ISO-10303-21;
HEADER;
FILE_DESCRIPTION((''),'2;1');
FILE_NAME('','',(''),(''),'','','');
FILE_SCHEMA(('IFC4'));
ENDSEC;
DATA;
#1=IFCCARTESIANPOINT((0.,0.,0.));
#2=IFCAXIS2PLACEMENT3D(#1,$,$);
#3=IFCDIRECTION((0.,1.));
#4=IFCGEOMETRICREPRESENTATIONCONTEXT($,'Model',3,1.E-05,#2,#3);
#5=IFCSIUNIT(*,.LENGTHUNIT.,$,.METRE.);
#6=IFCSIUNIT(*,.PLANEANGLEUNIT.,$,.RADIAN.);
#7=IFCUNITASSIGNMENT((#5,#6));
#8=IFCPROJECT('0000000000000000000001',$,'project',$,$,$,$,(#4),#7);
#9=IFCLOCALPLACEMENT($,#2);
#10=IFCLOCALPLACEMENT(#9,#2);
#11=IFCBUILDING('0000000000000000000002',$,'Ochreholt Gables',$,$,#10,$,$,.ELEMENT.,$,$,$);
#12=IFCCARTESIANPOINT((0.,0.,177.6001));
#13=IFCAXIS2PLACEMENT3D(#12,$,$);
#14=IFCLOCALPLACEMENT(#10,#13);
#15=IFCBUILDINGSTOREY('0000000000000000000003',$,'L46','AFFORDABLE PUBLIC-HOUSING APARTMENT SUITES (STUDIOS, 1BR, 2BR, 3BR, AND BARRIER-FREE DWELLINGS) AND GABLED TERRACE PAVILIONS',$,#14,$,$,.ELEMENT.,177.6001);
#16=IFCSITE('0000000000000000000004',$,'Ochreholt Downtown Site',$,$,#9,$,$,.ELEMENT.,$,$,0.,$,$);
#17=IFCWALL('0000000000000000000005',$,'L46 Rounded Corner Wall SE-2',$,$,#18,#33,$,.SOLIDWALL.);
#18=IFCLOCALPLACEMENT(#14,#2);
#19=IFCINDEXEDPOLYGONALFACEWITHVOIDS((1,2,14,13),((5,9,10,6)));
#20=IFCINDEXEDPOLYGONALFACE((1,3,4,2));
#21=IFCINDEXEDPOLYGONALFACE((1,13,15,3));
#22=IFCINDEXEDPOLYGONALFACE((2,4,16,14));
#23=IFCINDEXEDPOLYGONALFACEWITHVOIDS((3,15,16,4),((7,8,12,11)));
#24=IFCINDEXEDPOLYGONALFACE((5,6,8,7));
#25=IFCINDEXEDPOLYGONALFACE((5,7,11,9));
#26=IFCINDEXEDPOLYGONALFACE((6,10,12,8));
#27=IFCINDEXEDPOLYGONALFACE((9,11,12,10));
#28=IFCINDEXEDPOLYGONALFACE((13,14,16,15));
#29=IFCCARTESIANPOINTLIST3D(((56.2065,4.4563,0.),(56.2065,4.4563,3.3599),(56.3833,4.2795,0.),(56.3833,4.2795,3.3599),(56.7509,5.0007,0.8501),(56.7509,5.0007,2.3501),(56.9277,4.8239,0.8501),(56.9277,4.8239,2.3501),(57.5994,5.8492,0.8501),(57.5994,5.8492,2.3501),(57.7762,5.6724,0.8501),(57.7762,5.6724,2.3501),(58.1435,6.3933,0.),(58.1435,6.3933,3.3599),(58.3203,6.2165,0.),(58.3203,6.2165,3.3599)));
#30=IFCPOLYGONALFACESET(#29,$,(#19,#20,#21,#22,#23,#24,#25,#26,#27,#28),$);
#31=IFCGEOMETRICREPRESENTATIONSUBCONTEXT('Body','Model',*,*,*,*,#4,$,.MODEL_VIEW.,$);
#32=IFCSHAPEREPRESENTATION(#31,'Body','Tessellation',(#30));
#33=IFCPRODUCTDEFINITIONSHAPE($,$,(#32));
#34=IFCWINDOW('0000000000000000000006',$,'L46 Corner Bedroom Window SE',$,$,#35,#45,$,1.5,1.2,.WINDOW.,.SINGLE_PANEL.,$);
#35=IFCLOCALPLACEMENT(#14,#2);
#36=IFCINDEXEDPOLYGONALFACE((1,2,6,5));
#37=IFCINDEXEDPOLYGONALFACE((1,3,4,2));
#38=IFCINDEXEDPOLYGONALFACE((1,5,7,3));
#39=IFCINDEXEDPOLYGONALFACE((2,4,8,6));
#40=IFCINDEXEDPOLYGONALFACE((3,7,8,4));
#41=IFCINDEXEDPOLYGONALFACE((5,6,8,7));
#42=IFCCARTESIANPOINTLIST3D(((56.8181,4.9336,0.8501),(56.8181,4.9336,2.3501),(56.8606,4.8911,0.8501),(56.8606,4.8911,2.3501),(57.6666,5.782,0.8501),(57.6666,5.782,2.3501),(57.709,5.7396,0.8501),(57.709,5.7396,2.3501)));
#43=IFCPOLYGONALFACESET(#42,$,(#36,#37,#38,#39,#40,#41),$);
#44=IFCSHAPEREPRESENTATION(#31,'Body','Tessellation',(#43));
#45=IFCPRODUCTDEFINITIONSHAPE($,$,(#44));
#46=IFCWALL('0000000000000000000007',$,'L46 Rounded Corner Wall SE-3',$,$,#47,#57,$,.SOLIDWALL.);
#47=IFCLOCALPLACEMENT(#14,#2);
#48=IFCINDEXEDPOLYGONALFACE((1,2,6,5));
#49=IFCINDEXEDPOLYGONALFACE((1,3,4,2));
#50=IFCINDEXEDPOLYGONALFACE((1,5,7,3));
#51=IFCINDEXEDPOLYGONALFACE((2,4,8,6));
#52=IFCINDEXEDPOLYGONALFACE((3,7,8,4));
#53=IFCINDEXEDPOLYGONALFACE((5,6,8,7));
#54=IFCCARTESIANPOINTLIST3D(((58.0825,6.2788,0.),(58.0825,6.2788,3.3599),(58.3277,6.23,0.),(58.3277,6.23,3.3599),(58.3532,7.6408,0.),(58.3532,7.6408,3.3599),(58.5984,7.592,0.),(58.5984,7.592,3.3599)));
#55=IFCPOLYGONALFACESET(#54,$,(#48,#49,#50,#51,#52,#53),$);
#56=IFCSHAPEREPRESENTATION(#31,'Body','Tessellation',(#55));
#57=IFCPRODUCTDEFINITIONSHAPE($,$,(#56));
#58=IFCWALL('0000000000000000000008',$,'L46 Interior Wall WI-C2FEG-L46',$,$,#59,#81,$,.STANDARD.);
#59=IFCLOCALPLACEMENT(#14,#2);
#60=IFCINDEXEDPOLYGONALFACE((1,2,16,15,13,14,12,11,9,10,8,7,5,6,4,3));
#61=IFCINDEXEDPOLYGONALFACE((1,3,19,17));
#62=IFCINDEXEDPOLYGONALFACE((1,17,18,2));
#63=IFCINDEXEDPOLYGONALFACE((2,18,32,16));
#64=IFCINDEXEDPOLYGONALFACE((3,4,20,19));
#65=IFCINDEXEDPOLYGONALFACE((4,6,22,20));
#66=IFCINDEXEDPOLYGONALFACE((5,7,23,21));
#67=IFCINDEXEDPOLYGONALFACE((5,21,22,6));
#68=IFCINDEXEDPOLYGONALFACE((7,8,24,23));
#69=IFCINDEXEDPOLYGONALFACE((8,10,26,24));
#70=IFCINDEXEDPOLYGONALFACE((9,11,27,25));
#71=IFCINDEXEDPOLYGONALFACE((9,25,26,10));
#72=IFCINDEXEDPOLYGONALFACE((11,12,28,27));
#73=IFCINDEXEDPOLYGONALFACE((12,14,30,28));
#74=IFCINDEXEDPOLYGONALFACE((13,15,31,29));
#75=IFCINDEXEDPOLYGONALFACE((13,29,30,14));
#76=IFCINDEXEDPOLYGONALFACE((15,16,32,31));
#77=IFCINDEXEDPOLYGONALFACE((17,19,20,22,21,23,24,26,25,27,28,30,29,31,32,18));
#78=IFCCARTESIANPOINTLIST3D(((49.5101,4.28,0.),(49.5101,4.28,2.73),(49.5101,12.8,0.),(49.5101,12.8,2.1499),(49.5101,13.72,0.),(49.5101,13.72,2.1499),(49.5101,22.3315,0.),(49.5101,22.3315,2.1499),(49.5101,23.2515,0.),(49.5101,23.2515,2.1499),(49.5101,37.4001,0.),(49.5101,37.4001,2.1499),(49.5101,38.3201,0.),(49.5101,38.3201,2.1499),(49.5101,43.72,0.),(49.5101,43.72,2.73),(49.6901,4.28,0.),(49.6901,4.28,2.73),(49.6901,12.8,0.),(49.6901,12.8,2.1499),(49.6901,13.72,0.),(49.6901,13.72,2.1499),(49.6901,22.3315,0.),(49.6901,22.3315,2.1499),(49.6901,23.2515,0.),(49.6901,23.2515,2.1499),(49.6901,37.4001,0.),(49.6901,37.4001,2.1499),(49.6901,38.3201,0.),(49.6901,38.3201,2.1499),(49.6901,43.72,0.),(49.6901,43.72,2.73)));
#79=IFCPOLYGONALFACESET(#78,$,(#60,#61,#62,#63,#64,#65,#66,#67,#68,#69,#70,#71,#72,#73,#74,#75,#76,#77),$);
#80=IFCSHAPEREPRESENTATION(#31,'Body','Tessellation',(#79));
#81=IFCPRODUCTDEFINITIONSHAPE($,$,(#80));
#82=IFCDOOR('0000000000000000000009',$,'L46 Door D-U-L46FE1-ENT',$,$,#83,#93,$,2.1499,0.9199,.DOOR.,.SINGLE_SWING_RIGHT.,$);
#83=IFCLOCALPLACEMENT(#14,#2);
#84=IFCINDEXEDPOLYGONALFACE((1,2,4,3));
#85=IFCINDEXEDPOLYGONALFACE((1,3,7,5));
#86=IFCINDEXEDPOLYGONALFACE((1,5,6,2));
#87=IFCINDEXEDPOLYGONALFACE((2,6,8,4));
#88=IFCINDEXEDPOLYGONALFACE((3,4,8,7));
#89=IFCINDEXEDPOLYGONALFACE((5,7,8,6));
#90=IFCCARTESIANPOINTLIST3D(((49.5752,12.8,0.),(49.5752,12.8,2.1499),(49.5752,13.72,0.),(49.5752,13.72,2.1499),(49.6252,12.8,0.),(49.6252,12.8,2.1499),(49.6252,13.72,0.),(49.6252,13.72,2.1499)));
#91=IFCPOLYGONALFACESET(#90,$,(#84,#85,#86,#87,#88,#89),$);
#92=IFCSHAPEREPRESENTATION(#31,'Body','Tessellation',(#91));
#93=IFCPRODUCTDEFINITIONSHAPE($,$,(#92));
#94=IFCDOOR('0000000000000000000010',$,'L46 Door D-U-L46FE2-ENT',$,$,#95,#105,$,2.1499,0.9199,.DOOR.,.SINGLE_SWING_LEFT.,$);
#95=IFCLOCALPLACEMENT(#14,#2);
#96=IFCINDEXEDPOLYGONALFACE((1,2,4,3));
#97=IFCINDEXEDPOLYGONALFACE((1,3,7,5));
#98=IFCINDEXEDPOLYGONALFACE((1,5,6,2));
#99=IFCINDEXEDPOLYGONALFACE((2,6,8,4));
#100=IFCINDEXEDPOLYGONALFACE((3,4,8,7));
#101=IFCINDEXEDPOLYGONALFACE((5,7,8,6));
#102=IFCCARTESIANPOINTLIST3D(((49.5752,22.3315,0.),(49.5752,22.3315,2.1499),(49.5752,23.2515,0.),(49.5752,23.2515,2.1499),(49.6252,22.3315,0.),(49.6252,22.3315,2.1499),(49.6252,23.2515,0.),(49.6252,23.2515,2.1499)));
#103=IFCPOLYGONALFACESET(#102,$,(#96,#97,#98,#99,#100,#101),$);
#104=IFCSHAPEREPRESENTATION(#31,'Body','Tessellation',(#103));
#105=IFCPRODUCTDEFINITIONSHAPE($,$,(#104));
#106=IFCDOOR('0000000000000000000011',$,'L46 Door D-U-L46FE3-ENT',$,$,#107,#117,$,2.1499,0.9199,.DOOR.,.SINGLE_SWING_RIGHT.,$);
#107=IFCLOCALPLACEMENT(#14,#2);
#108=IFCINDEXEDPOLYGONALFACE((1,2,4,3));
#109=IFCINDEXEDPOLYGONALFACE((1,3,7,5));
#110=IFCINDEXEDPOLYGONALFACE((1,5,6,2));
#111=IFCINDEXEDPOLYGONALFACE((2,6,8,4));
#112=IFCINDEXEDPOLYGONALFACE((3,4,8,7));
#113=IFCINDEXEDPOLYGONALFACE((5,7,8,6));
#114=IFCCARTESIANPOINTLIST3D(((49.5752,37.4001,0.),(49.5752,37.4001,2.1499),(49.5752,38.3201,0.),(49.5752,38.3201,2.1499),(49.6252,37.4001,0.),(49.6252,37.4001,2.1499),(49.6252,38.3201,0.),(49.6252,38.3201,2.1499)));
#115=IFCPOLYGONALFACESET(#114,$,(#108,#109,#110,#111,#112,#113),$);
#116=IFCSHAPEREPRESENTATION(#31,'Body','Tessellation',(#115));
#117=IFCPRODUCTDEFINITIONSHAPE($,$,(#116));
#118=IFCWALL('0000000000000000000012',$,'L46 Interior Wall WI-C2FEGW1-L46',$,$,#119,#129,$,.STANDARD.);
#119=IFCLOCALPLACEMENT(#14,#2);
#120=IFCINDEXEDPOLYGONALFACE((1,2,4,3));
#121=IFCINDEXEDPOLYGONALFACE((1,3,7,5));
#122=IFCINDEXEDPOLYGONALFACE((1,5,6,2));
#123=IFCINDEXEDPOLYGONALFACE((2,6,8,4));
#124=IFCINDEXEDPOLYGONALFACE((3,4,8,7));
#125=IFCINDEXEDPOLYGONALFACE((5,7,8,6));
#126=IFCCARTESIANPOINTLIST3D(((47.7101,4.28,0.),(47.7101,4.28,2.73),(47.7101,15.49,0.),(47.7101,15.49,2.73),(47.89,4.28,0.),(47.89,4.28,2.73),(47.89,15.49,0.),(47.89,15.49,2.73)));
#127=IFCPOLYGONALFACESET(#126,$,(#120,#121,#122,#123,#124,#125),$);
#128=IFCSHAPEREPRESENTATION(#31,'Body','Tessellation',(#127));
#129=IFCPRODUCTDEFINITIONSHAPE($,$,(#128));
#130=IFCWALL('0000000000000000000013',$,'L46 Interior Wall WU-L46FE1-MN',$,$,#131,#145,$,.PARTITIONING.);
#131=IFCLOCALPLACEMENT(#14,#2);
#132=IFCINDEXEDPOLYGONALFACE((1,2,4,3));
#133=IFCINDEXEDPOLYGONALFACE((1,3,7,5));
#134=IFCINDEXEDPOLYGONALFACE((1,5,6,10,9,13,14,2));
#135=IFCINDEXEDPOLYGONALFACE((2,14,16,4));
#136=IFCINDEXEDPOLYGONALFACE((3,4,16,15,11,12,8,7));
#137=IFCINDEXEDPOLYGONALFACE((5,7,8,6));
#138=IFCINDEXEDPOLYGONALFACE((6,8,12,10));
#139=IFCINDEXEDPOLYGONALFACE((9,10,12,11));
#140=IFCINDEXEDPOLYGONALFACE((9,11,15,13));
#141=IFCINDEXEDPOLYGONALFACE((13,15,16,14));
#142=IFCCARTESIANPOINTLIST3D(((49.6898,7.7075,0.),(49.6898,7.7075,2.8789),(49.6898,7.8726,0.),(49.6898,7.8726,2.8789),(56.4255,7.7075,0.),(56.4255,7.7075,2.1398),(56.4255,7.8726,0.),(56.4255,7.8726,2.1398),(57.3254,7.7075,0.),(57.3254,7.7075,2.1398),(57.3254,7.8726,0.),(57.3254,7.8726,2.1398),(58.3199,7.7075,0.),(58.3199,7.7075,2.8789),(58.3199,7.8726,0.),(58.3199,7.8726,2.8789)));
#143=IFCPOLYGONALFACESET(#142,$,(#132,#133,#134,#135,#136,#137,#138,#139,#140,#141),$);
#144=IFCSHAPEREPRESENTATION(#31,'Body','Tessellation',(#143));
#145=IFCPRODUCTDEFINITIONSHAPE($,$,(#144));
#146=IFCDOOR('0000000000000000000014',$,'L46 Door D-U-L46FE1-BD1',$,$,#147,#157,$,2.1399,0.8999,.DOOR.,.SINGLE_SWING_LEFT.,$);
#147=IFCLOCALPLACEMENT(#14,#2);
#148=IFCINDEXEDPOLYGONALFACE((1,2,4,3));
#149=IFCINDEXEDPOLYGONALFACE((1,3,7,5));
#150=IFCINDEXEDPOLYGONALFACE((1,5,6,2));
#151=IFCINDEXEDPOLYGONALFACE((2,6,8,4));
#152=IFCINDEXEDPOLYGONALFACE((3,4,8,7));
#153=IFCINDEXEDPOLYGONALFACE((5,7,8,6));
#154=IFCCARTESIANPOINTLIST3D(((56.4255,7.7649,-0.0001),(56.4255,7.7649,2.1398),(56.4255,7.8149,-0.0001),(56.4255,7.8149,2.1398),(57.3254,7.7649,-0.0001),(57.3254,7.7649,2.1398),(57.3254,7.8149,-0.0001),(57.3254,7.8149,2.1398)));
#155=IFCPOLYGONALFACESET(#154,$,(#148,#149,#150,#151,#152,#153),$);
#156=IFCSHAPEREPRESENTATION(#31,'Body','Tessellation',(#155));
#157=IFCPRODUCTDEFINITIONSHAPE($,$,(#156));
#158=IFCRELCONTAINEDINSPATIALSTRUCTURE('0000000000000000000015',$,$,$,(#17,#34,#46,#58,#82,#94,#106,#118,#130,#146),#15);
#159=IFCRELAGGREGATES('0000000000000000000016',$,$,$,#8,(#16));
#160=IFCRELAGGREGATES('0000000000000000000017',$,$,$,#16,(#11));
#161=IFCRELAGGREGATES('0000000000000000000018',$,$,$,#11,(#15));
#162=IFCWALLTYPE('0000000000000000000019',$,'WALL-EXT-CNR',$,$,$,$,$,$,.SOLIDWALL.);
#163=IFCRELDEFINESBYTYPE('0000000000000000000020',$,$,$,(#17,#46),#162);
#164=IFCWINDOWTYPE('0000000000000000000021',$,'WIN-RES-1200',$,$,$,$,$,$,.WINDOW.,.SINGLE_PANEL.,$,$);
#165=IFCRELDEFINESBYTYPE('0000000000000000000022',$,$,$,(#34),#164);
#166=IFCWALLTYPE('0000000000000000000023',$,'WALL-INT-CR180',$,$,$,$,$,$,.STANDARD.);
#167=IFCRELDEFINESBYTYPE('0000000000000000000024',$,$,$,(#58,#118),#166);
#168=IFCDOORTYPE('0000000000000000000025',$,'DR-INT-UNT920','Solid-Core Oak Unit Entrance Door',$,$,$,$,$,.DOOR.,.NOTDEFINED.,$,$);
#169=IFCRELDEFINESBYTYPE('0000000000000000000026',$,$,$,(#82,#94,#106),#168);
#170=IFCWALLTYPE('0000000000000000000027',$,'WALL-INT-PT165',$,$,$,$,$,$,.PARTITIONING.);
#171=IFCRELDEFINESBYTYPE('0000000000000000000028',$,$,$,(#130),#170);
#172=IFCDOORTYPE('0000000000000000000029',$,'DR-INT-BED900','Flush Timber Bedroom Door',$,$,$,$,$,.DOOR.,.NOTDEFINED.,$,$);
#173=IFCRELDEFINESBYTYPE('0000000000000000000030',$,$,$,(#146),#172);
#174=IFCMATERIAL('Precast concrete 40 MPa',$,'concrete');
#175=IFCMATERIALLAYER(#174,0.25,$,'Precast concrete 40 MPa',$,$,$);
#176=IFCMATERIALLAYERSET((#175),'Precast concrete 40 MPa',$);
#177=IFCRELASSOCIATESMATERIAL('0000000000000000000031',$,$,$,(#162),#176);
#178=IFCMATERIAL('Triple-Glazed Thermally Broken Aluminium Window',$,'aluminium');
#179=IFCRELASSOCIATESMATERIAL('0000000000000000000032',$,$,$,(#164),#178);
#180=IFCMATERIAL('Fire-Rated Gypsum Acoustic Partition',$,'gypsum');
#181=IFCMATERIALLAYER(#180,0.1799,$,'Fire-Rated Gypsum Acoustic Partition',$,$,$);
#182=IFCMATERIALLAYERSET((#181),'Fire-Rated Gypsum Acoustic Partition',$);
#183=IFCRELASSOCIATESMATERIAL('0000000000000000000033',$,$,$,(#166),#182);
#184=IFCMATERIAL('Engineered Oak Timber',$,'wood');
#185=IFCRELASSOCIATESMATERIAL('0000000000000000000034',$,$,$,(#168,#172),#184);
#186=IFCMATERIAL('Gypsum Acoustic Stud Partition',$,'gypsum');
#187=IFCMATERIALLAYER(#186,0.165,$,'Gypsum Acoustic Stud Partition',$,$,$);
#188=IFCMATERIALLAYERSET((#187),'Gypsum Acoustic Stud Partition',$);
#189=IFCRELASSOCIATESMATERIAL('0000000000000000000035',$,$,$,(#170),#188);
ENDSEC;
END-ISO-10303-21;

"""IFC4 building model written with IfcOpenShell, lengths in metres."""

from ifc_helpers import new_model, si_unit, direction, frame, frame_2d, origin, place, context, subcontext, project, spatial, rectangle, extrude, material, layer, layer_set, type_object, element, fill, save


model = new_model("IFC4")

# Units and contexts
model_context = context("Model", 3, precision=1e-05, world=origin(), true_north=direction((0.0, 1.0)))
body_context = subcontext(model_context, "Body", "Model", "MODEL_VIEW")
ifc_project = project(units=[si_unit("LENGTHUNIT", "METRE"), si_unit("PLANEANGLEUNIT", "RADIAN")], contexts=[model_context])

# Site, building, storey
site_placement = place(None, origin())
site = spatial("IfcSite", under=ifc_project, at=site_placement, Name="Ochreholt Downtown Site", CompositionType="ELEMENT", RefElevation=0.0)
building_placement = place(site_placement, origin())
building = spatial("IfcBuilding", under=site, at=building_placement, Name="Ochreholt Gables", CompositionType="ELEMENT")
storey_placement = place(building_placement, frame((0.0, 0.0, 177.6001)))
storey = spatial("IfcBuildingStorey", under=building, at=storey_placement, Name="L46", Description="AFFORDABLE PUBLIC-HOUSING APARTMENT SUITES (STUDIOS, 1BR, 2BR, 3BR, AND BARRIER-FREE DWELLINGS) AND GABLED TERRACE PAVILIONS", CompositionType="ELEMENT", Elevation=177.6001)

# Shared definitions
ifc_material_1 = material(Name="Precast concrete 40 MPa", Category="concrete")
ifc_material_2 = material(Name="Triple-Glazed Thermally Broken Aluminium Window", Category="aluminium")

# Shared definitions
ifc_layer_1 = layer(ifc_material_1, 0.25, Name="Precast concrete 40 MPa")
ifc_layer_set_1 = layer_set([ifc_layer_1], Name="Precast concrete 40 MPa")
wall_type_1 = type_object("IfcWallType", Name="WALL-EXT-CNR", PredefinedType="SOLIDWALL", material=ifc_layer_set_1)

# Wall, opening, window
wall_1_placement = place(storey_placement, frame((56.2949, 4.3679, 0.0), z_axis=(0.0, 0.0, 1.0), x_axis=(0.707107, 0.707107, 0.0)))
wall_1 = element("IfcWall", 1, at=wall_1_placement, inside=storey, type_object=wall_type_1, Name="L46 Rounded Corner Wall SE-2", PredefinedType="SOLIDWALL", context=body_context, shape_type="SweptSolid", body=[
    extrude(rectangle(XDim=2.7393, YDim=0.25, at=frame_2d((1.3696, 0.0))), origin(), (0.0, 0.0, 1.0), 3.3599),
])
opening_1_placement = place(wall_1_placement, frame((0.7698, 0.0, 0.8501)))
opening_1 = element("IfcOpeningElement", 2, at=opening_1_placement, cuts=wall_1, PredefinedType="OPENING", context=body_context, shape_type="SweptSolid", body=[
    extrude(rectangle(XDim=1.2, YDim=1.5, at=frame_2d((0.6001, 0.75))), frame((0.0, 0.135, 0.0), z_axis=(0.0, -1.0, 0.0), x_axis=(1.0, 0.0, 0.0)), (0.0, 0.0, 1.0), 0.27),
])
window_type_1 = type_object("IfcWindowType", Name="WIN-RES-1200", PartitioningType="SINGLE_PANEL", PredefinedType="WINDOW", material=ifc_material_2)
window_1_placement = place(opening_1_placement, origin())
window_1 = element("IfcWindow", 3, at=window_1_placement, inside=storey, type_object=window_type_1, Name="L46 Corner Bedroom Window SE", OverallHeight=1.5, OverallWidth=1.2, PartitioningType="SINGLE_PANEL", PredefinedType="WINDOW", context=body_context, shape_type="SweptSolid", body=[
    extrude(rectangle(XDim=1.2, YDim=1.5, at=frame_2d((0.6001, 0.75))), frame((0.0, 0.03, 0.0), z_axis=(0.0, -1.0, 0.0), x_axis=(1.0, 0.0, 0.0)), (0.0, 0.0, 1.0), 0.0601),
])
fill(opening_1, window_1)

# Wall
wall_2_placement = place(storey_placement, frame((58.2051, 6.2544, 0.0), z_axis=(0.0, 0.0, 1.0), x_axis=(0.194967, 0.98081, 0.0)))
element("IfcWall", 4, at=wall_2_placement, inside=storey, type_object=wall_type_1, Name="L46 Rounded Corner Wall SE-3", PredefinedType="SOLIDWALL", context=body_context, shape_type="SweptSolid", body=[
    extrude(rectangle(XDim=1.3887, YDim=0.25, at=frame_2d((0.6943, 0.0))), origin(), (0.0, 0.0, 1.0), 3.3599),
])

# Wall, openings, doors
ifc_material_3 = material(Name="Fire-Rated Gypsum Acoustic Partition", Category="gypsum")
ifc_layer_2 = layer(ifc_material_3, 0.1799, Name="Fire-Rated Gypsum Acoustic Partition")
ifc_layer_set_2 = layer_set([ifc_layer_2], Name="Fire-Rated Gypsum Acoustic Partition")
wall_type_2 = type_object("IfcWallType", Name="WALL-INT-CR180", PredefinedType="STANDARD", material=ifc_layer_set_2)
wall_3_placement = place(storey_placement, frame((49.6001, 4.28, 0.0), z_axis=(0.0, 0.0, 1.0), x_axis=(0.0, 1.0, 0.0)))
wall_3 = element("IfcWall", 5, at=wall_3_placement, inside=storey, type_object=wall_type_2, Name="L46 Interior Wall WI-C2FEG-L46", PredefinedType="STANDARD", context=body_context, shape_type="SweptSolid", body=[
    extrude(rectangle(XDim=39.4399, YDim=0.1799, at=frame_2d((19.72, 0.0))), origin(), (0.0, 0.0, 1.0), 2.73),
])
opening_2_placement = place(wall_3_placement, frame((8.52, 0.0, 0.0)))
opening_2 = element("IfcOpeningElement", 6, at=opening_2_placement, cuts=wall_3, PredefinedType="OPENING", context=body_context, shape_type="SweptSolid", body=[
    extrude(rectangle(XDim=0.9199, YDim=2.1499, at=frame_2d((0.46, 1.075))), frame((0.0, 0.0999, 0.0), z_axis=(0.0, -1.0, 0.0), x_axis=(1.0, 0.0, 0.0)), (0.0, 0.0, 1.0), 0.2),
])
opening_3_placement = place(wall_3_placement, frame((18.0515, 0.0, 0.0)))
opening_3 = element("IfcOpeningElement", 7, at=opening_3_placement, cuts=wall_3, PredefinedType="OPENING", context=body_context, shape_type="SweptSolid", body=[
    extrude(rectangle(XDim=0.9199, YDim=2.1499, at=frame_2d((0.46, 1.075))), frame((0.0, 0.0999, 0.0), z_axis=(0.0, -1.0, 0.0), x_axis=(1.0, 0.0, 0.0)), (0.0, 0.0, 1.0), 0.2),
])
opening_4_placement = place(wall_3_placement, frame((33.1201, 0.0, 0.0)))
opening_4 = element("IfcOpeningElement", 8, at=opening_4_placement, cuts=wall_3, PredefinedType="OPENING", context=body_context, shape_type="SweptSolid", body=[
    extrude(rectangle(XDim=0.9199, YDim=2.1499, at=frame_2d((0.46, 1.075))), frame((0.0, 0.0999, 0.0), z_axis=(0.0, -1.0, 0.0), x_axis=(1.0, 0.0, 0.0)), (0.0, 0.0, 1.0), 0.2),
])
ifc_material_4 = material(Name="Engineered Oak Timber", Category="wood")
door_type_1 = type_object("IfcDoorType", Name="DR-INT-UNT920", Description="Solid-Core Oak Unit Entrance Door", OperationType="NOTDEFINED", PredefinedType="DOOR", material=ifc_material_4)
door_1_placement = place(opening_2_placement, origin())
door_1 = element("IfcDoor", 9, at=door_1_placement, inside=storey, type_object=door_type_1, Name="L46 Door D-U-L46FE1-ENT", OperationType="SINGLE_SWING_RIGHT", OverallHeight=2.1499, OverallWidth=0.9199, PredefinedType="DOOR", context=body_context, shape_type="SweptSolid", body=[
    extrude(rectangle(XDim=0.9199, YDim=2.1499, at=frame_2d((0.46, 1.075))), frame((0.0, 0.0249, 0.0), z_axis=(0.0, -1.0, 0.0), x_axis=(1.0, 0.0, 0.0)), (0.0, 0.0, 1.0), 0.05),
])
fill(opening_2, door_1)
door_2_placement = place(opening_3_placement, origin())
door_2 = element("IfcDoor", 10, at=door_2_placement, inside=storey, type_object=door_type_1, Name="L46 Door D-U-L46FE2-ENT", OperationType="SINGLE_SWING_LEFT", OverallHeight=2.1499, OverallWidth=0.9199, PredefinedType="DOOR", context=body_context, shape_type="SweptSolid", body=[
    extrude(rectangle(XDim=0.9199, YDim=2.1499, at=frame_2d((0.46, 1.075))), frame((0.0, 0.0249, 0.0), z_axis=(0.0, -1.0, 0.0), x_axis=(1.0, 0.0, 0.0)), (0.0, 0.0, 1.0), 0.05),
])
fill(opening_3, door_2)
door_3_placement = place(opening_4_placement, origin())
door_3 = element("IfcDoor", 11, at=door_3_placement, inside=storey, type_object=door_type_1, Name="L46 Door D-U-L46FE3-ENT", OperationType="SINGLE_SWING_RIGHT", OverallHeight=2.1499, OverallWidth=0.9199, PredefinedType="DOOR", context=body_context, shape_type="SweptSolid", body=[
    extrude(rectangle(XDim=0.9199, YDim=2.1499, at=frame_2d((0.46, 1.075))), frame((0.0, 0.0249, 0.0), z_axis=(0.0, -1.0, 0.0), x_axis=(1.0, 0.0, 0.0)), (0.0, 0.0, 1.0), 0.05),
])
fill(opening_4, door_3)

# Wall
wall_4_placement = place(storey_placement, frame((47.8, 4.28, 0.0), z_axis=(0.0, 0.0, 1.0), x_axis=(0.0, 1.0, 0.0)))
element("IfcWall", 12, at=wall_4_placement, inside=storey, type_object=wall_type_2, Name="L46 Interior Wall WI-C2FEGW1-L46", PredefinedType="STANDARD", context=body_context, shape_type="SweptSolid", body=[
    extrude(rectangle(XDim=11.21, YDim=0.1799, at=frame_2d((5.605, 0.0))), origin(), (0.0, 0.0, 1.0), 2.73),
])

# Wall, opening, door
ifc_material_5 = material(Name="Gypsum Acoustic Stud Partition", Category="gypsum")
ifc_layer_3 = layer(ifc_material_5, 0.165, Name="Gypsum Acoustic Stud Partition")
ifc_layer_set_3 = layer_set([ifc_layer_3], Name="Gypsum Acoustic Stud Partition")
wall_type_3 = type_object("IfcWallType", Name="WALL-INT-PT165", PredefinedType="PARTITIONING", material=ifc_layer_set_3)
wall_5_placement = place(storey_placement, frame((49.6899, 7.79, 0.0), z_axis=(0.0, 0.0, 1.0), x_axis=(1.0, 0.0, 0.0)))
wall_5 = element("IfcWall", 13, at=wall_5_placement, inside=storey, type_object=wall_type_3, Name="L46 Interior Wall WU-L46FE1-MN", PredefinedType="PARTITIONING", context=body_context, shape_type="SweptSolid", body=[
    extrude(rectangle(XDim=8.6301, YDim=0.165, at=frame_2d((4.3149, 0.0))), origin(), (0.0, 0.0, 1.0), 2.8789),
])
opening_5_placement = place(wall_5_placement, frame((6.7356, 0.0, 0.0)))
opening_5 = element("IfcOpeningElement", 14, at=opening_5_placement, cuts=wall_5, PredefinedType="OPENING", context=body_context, shape_type="SweptSolid", body=[
    extrude(rectangle(XDim=0.8999, YDim=2.1399, at=frame_2d((0.45, 1.0698))), frame((0.0, 0.0925, 0.0), z_axis=(0.0, -1.0, 0.0), x_axis=(1.0, 0.0, 0.0)), (0.0, 0.0, 1.0), 0.1851),
])
door_type_2 = type_object("IfcDoorType", Name="DR-INT-BED900", Description="Flush Timber Bedroom Door", OperationType="NOTDEFINED", PredefinedType="DOOR", material=ifc_material_4)
door_4_placement = place(opening_5_placement, origin())
door_4 = element("IfcDoor", 15, at=door_4_placement, inside=storey, type_object=door_type_2, Name="L46 Door D-U-L46FE1-BD1", OperationType="SINGLE_SWING_LEFT", OverallHeight=2.1399, OverallWidth=0.8999, PredefinedType="DOOR", context=body_context, shape_type="SweptSolid", body=[
    extrude(rectangle(XDim=0.8999, YDim=2.1399, at=frame_2d((0.45, 1.0698))), frame((0.0, 0.0249, 0.0), z_axis=(0.0, -1.0, 0.0), x_axis=(1.0, 0.0, 0.0)), (0.0, 0.0, 1.0), 0.05),
])
fill(opening_5, door_4)

save(model, "model.ifc")
